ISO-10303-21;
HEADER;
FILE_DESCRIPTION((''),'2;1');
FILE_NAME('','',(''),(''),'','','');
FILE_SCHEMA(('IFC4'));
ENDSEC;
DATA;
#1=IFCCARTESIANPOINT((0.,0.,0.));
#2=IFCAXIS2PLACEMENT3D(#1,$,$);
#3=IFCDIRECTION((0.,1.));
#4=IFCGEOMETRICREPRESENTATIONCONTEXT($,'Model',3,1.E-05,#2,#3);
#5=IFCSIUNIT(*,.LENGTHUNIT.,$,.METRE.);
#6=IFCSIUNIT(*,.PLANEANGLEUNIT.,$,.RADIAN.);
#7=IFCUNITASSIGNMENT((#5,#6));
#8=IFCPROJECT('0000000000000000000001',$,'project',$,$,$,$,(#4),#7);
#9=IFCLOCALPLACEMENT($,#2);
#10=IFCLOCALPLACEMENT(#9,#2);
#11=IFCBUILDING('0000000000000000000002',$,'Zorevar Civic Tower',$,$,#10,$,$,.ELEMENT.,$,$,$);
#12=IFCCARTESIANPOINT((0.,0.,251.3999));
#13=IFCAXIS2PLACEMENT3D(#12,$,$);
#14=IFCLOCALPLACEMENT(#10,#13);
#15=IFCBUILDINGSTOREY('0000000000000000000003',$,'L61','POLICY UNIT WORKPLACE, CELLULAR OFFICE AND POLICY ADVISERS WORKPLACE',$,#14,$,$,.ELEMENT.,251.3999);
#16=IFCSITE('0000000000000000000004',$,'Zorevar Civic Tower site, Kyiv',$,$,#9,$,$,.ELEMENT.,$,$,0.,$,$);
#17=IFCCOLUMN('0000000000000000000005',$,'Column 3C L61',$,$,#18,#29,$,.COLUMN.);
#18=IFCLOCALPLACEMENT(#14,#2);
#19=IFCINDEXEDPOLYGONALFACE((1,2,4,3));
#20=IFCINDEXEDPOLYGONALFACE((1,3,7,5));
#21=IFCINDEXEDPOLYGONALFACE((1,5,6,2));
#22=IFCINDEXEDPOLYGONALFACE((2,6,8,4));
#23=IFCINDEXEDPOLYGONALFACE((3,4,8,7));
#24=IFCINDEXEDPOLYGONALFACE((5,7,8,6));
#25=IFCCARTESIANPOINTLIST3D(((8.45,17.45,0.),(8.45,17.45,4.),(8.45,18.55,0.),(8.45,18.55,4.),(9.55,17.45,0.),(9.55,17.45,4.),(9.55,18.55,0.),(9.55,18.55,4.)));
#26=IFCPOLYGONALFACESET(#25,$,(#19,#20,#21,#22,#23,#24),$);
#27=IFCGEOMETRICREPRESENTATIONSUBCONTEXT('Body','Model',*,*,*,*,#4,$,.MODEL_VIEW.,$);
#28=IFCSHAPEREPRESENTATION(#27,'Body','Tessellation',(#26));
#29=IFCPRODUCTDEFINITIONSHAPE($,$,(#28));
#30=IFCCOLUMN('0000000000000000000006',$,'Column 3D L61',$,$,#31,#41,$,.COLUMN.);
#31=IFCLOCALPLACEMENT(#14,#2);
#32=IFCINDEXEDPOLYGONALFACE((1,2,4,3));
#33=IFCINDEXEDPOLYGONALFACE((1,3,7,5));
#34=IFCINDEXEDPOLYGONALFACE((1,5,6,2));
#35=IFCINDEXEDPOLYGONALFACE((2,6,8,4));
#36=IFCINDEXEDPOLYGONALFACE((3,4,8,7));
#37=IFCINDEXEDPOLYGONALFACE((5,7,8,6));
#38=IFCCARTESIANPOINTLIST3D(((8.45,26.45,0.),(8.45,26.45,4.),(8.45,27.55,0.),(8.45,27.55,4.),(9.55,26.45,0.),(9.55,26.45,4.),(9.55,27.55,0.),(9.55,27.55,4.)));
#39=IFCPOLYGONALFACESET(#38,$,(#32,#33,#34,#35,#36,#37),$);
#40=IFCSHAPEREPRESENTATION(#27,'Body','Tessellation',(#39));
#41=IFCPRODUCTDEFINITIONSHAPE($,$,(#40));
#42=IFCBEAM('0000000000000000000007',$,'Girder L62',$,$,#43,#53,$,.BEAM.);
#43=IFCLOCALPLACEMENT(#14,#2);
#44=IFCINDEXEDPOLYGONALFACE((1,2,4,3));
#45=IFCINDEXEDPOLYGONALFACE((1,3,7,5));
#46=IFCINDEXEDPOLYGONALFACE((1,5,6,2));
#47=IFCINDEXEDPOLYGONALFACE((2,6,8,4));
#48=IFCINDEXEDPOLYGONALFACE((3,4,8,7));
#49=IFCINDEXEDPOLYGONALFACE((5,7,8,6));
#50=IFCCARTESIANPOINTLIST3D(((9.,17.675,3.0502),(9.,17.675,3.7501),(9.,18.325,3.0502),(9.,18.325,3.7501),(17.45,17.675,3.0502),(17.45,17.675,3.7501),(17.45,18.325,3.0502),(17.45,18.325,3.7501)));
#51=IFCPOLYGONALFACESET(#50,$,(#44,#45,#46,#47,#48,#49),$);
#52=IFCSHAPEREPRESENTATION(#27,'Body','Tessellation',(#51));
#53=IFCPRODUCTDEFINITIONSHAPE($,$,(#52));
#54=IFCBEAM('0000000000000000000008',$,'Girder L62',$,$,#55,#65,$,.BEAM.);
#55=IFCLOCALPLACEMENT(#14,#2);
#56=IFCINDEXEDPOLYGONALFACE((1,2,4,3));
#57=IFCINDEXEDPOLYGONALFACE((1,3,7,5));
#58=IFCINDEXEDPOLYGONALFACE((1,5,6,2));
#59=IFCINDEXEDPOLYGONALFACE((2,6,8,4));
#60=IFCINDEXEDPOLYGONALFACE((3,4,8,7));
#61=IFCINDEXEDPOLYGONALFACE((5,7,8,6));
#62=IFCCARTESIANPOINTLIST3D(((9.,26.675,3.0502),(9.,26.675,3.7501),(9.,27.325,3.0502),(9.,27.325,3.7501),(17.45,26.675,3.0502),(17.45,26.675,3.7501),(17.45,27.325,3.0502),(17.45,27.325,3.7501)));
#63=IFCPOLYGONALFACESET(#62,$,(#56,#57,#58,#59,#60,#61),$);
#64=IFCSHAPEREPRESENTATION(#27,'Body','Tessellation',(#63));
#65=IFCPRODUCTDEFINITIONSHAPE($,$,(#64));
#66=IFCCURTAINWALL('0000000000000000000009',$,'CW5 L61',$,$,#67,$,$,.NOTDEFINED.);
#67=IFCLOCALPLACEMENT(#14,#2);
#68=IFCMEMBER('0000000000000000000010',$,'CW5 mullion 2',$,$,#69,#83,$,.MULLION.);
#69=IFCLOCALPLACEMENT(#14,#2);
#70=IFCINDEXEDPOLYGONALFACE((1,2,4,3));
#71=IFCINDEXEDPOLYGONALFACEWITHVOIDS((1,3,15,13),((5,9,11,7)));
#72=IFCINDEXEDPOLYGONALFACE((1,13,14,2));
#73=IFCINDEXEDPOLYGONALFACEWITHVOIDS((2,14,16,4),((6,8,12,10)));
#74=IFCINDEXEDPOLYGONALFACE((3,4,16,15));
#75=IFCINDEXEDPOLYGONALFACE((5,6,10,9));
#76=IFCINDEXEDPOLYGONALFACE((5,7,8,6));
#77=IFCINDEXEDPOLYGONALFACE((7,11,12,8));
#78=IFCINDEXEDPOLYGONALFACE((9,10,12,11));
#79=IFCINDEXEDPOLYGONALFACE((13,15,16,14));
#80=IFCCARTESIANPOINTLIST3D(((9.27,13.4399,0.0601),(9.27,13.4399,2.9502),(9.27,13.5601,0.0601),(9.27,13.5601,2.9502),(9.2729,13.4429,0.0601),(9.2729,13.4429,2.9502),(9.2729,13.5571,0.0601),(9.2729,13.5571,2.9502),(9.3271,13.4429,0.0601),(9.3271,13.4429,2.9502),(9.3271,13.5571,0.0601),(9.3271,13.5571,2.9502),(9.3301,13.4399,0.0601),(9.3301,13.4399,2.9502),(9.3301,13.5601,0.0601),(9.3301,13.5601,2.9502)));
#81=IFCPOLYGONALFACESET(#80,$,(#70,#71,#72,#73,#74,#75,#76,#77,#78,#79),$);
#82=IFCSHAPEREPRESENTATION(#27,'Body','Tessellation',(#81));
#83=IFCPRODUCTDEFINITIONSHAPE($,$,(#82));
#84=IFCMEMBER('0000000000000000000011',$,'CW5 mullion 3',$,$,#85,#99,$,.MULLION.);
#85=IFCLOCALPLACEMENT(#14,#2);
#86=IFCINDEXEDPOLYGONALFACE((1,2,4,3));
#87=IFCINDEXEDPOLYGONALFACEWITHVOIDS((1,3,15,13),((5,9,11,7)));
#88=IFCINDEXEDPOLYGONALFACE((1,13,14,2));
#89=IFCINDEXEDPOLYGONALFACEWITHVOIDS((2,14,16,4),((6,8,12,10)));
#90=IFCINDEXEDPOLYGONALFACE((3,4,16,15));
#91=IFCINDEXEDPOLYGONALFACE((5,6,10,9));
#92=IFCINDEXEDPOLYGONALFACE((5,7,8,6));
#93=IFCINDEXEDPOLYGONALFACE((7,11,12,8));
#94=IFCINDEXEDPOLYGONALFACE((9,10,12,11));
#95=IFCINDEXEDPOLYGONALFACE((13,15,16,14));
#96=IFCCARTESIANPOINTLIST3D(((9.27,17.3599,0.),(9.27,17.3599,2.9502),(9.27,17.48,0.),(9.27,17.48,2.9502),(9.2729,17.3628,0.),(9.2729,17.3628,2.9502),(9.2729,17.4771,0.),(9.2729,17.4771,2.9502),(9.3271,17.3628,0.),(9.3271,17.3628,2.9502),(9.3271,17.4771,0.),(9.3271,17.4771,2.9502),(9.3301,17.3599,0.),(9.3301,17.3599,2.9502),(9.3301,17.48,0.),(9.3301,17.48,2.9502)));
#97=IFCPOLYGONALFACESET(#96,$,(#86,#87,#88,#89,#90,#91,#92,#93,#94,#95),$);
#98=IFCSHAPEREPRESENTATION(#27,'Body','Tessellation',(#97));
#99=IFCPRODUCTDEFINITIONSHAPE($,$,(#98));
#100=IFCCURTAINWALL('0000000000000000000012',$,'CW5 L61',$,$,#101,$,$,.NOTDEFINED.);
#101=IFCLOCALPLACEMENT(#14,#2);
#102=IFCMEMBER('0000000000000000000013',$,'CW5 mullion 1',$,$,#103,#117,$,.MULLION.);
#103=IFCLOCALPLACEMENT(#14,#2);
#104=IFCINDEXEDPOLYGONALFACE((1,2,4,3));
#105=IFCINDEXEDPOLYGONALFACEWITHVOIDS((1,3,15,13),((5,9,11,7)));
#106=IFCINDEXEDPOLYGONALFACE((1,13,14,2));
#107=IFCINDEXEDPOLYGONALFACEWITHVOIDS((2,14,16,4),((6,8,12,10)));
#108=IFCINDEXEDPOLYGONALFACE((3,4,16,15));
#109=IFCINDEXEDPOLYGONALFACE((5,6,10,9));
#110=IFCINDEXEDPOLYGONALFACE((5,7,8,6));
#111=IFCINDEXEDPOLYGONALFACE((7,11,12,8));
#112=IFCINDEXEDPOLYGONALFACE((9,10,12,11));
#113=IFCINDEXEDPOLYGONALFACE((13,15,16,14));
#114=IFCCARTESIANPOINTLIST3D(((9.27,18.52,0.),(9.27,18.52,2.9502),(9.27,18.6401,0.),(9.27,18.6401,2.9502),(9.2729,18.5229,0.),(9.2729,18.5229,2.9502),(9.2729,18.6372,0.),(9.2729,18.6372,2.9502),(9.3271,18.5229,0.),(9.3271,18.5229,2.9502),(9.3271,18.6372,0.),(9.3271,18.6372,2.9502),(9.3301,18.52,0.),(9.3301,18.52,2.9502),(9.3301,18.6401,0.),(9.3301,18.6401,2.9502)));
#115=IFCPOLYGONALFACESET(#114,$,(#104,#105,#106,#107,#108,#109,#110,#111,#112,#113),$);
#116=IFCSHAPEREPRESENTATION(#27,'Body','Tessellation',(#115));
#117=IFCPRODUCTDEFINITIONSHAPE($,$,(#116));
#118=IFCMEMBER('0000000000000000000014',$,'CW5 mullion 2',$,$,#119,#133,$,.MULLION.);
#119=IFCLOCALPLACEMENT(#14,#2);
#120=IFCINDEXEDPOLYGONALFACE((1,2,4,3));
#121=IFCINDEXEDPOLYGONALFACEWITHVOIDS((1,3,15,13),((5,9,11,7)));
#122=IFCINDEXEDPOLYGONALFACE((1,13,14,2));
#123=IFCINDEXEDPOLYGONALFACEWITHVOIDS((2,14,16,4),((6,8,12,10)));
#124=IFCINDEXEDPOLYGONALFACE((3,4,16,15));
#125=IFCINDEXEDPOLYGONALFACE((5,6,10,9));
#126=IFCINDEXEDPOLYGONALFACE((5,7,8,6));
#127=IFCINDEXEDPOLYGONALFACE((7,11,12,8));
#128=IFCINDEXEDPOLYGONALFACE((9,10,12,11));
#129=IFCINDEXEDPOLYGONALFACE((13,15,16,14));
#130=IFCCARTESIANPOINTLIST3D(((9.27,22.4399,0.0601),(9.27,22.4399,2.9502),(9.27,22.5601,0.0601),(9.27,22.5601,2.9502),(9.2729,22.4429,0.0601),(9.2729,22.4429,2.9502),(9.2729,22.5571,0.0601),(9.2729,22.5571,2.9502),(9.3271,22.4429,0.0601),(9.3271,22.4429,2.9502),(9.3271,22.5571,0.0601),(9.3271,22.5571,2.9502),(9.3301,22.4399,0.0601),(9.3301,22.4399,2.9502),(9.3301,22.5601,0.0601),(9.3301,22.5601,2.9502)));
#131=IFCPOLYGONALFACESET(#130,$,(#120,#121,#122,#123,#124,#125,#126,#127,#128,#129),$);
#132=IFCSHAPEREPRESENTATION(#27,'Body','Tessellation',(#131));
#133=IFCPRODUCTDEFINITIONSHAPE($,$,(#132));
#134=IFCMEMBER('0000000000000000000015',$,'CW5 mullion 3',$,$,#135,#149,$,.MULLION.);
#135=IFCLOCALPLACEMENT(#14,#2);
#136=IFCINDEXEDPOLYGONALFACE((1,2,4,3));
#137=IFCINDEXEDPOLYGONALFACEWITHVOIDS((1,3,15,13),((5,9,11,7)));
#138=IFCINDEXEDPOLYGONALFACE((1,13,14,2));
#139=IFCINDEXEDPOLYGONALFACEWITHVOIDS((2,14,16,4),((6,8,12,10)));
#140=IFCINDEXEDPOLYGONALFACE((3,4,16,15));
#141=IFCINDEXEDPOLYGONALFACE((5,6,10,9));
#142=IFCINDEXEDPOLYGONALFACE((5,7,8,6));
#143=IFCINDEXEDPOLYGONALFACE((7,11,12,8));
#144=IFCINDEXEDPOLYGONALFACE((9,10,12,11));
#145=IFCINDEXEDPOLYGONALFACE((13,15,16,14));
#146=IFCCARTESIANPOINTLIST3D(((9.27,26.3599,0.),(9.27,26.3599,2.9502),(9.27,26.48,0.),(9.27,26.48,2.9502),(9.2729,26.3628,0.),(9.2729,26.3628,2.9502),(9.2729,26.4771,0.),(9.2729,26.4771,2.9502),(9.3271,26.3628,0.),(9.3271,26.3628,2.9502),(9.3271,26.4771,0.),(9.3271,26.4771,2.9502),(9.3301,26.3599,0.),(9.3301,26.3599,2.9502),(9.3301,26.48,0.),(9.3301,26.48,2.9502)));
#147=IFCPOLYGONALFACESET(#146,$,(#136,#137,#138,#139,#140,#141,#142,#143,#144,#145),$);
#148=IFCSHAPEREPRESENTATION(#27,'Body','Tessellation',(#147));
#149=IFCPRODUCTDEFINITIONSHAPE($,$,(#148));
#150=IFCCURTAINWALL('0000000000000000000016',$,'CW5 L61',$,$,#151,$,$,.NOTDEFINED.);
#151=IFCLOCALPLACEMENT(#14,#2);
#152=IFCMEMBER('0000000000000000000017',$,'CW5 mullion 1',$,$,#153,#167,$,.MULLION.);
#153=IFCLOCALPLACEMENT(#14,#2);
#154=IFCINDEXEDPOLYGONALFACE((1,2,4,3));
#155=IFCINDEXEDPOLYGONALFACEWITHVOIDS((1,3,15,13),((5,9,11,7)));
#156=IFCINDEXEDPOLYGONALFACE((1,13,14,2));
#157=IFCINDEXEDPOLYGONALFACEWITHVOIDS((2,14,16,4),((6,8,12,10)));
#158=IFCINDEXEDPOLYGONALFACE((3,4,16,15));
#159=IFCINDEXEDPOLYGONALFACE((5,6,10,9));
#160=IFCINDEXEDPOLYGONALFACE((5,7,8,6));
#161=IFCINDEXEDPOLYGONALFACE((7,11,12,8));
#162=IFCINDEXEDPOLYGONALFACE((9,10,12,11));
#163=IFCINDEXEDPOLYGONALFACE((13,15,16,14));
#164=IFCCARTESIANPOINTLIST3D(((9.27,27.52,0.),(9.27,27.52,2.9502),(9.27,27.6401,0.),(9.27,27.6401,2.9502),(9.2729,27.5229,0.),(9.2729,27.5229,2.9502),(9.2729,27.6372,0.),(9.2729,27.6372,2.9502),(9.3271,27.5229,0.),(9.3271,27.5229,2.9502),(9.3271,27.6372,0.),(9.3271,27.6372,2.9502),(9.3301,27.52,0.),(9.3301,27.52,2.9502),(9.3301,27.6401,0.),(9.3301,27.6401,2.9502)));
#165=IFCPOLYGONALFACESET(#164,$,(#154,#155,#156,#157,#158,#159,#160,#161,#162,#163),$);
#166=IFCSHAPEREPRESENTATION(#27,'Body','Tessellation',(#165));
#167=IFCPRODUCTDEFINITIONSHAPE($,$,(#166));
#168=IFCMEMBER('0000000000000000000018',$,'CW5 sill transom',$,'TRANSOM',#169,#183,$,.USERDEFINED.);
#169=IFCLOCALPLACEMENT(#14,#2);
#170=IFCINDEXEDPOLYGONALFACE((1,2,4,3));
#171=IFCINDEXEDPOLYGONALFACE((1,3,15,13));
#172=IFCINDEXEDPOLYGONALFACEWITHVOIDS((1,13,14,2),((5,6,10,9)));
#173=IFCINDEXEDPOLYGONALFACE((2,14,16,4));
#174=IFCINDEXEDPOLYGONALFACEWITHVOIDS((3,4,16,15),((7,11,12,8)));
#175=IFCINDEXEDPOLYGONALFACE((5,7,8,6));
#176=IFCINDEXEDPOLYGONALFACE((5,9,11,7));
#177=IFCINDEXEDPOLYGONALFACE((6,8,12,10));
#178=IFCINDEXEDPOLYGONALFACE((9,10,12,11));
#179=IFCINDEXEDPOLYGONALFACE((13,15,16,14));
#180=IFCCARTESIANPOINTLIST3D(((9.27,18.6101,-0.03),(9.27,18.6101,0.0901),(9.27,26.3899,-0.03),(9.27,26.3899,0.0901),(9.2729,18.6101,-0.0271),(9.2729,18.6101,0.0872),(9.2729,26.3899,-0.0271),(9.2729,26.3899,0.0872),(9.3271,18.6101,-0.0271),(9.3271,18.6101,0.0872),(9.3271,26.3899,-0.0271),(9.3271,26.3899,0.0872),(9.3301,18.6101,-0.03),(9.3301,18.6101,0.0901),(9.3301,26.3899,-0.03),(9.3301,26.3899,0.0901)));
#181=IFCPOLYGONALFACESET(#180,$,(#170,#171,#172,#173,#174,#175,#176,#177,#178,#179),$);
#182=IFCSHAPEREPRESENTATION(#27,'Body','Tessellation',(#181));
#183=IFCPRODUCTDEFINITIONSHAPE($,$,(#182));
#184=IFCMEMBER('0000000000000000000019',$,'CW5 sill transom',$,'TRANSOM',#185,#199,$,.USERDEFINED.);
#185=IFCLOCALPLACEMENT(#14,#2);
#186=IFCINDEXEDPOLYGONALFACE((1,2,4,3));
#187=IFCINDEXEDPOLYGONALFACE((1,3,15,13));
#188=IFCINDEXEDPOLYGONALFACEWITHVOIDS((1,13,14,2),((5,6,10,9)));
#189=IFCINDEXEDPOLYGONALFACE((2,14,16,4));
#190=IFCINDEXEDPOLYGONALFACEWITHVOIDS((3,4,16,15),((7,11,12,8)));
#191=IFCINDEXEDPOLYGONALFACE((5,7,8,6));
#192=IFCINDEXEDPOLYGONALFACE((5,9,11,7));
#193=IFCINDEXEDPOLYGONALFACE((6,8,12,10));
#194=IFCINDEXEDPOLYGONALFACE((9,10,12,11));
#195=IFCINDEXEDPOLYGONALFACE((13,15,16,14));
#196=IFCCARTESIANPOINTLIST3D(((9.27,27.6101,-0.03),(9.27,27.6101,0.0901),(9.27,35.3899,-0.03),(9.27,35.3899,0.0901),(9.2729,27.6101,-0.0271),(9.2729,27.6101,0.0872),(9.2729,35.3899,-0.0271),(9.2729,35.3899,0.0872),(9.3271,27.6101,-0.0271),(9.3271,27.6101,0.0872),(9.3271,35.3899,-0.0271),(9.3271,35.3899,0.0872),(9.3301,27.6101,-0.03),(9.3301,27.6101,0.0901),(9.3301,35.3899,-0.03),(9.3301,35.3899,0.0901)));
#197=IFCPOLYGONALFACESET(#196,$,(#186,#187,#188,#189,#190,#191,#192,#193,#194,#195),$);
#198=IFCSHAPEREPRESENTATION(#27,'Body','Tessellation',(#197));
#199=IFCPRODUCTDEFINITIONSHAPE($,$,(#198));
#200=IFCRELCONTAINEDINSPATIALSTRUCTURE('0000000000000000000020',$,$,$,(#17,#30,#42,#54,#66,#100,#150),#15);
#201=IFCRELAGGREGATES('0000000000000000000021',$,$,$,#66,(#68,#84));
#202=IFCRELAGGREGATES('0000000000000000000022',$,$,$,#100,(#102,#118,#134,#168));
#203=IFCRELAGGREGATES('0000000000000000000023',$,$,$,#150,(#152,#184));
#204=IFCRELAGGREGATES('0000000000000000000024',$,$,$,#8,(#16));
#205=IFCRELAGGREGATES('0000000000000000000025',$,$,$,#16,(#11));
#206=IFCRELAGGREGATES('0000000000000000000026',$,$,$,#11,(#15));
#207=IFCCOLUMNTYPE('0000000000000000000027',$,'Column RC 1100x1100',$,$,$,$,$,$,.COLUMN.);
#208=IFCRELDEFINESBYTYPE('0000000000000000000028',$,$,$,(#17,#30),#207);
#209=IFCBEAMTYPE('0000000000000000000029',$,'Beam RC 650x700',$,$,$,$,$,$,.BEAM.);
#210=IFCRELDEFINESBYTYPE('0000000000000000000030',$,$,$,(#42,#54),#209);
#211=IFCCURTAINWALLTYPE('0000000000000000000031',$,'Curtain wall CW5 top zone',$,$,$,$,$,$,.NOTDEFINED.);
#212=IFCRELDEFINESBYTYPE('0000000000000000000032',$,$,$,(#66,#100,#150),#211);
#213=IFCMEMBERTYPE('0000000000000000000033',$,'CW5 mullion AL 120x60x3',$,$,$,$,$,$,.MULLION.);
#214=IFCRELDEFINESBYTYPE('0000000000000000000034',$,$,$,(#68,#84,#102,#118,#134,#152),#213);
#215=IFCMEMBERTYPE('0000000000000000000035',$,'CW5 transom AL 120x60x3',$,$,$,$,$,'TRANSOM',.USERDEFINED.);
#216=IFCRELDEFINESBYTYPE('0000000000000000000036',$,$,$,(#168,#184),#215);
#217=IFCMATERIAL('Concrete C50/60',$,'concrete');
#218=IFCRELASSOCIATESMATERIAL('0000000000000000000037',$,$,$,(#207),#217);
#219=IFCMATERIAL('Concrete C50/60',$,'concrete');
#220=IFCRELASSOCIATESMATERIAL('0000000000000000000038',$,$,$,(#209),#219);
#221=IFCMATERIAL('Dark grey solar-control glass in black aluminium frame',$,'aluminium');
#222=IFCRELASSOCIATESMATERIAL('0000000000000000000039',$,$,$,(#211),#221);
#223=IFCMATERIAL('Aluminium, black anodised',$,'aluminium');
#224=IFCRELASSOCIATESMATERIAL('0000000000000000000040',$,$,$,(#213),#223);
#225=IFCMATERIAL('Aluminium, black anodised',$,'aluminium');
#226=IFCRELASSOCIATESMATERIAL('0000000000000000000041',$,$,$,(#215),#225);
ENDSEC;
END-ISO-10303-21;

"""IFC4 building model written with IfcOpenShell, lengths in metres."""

from ifc_helpers import new_model, si_unit, direction, frame, origin, origin_2d, place, context, subcontext, project, spatial, rectangle, hollow_rectangle, extrude, material, material_profile, profile_set, type_object, element, aggregate, save


model = new_model("IFC4")

# Units and contexts
model_context = context("Model", 3, precision=1e-05, world=origin(), true_north=direction((0.0, 1.0)))
body_context = subcontext(model_context, "Body", "Model", "MODEL_VIEW")
ifc_project = project(units=[si_unit("LENGTHUNIT", "METRE"), si_unit("PLANEANGLEUNIT", "RADIAN")], contexts=[model_context])

# Site, building, storey
site_placement = place(None, origin())
site = spatial("IfcSite", under=ifc_project, at=site_placement, Name="Zorevar Civic Tower site, Kyiv", CompositionType="ELEMENT", RefElevation=0.0)
building_placement = place(site_placement, origin())
building = spatial("IfcBuilding", under=site, at=building_placement, Name="Zorevar Civic Tower", CompositionType="ELEMENT")
storey_placement = place(building_placement, frame((0.0, 0.0, 251.3999)))
storey = spatial("IfcBuildingStorey", under=building, at=storey_placement, Name="L61", Description="POLICY UNIT WORKPLACE, CELLULAR OFFICE AND POLICY ADVISERS WORKPLACE", CompositionType="ELEMENT", Elevation=251.3999)

# Columns
ifc_material_1 = material(Name="Concrete C50/60", Category="concrete")
ifc_material_profile_1 = material_profile(ifc_material_1, rectangle(XDim=1.1001, YDim=1.1001, at=origin_2d()), Name="RC 1100x1100")
ifc_profile_set_1 = profile_set([ifc_material_profile_1], Name="Concrete C50/60")
column_type = type_object("IfcColumnType", Name="Column RC 1100x1100", PredefinedType="COLUMN", material=ifc_profile_set_1)
for number, where, z_axis, x_axis, name in (
    (1, (9.0, 18.0, 0.0), (0.0, 0.0, 1.0), (1.0, 0.0, 0.0), "Column 3C L61"),
    (2, (9.0, 27.0, 0.0), (0.0, 0.0, 1.0), (1.0, 0.0, 0.0), "Column 3D L61"),
):
    element("IfcColumn", number, at=place(storey_placement, frame(where, z_axis=z_axis, x_axis=x_axis)), inside=storey, type_object=column_type, Name=name, PredefinedType="COLUMN", context=body_context, shape_type="SweptSolid", body=[
        extrude(rectangle(XDim=1.1001, YDim=1.1001, at=origin_2d()), origin(), (0.0, 0.0, 1.0), 4.0),
    ])

# Beams
ifc_material_2 = material(Name="Concrete C50/60", Category="concrete")
ifc_material_profile_2 = material_profile(ifc_material_2, rectangle(XDim=0.6499, YDim=0.7, at=origin_2d()), Name="RC 650x700")
ifc_profile_set_2 = profile_set([ifc_material_profile_2], Name="Concrete C50/60")
beam_type_1 = type_object("IfcBeamType", Name="Beam RC 650x700", PredefinedType="BEAM", material=ifc_profile_set_2)
for number, where, z_axis, x_axis, name in (
    (3, (9.0, 18.0, 3.4001), (1.0, 0.0, 0.0), (0.0, 1.0, 0.0), "Girder L62"),
    (4, (9.0, 27.0, 3.4001), (1.0, 0.0, 0.0), (0.0, 1.0, 0.0), "Girder L62"),
):
    element("IfcBeam", number, at=place(storey_placement, frame(where, z_axis=z_axis, x_axis=x_axis)), inside=storey, type_object=beam_type_1, Name=name, PredefinedType="BEAM", context=body_context, shape_type="SweptSolid", body=[
        extrude(rectangle(XDim=0.6499, YDim=0.7, at=origin_2d()), origin(), (0.0, 0.0, 1.0), 8.45),
    ])

# Curtain walls, members
ifc_material_3 = material(Name="Dark grey solar-control glass in black aluminium frame", Category="aluminium")
curtain_wall_type = type_object("IfcCurtainWallType", Name="Curtain wall CW5 top zone", PredefinedType="NOTDEFINED", material=ifc_material_3)
curtain_wall_1_placement = place(storey_placement, origin())
curtain_wall_1 = element("IfcCurtainWall", 5, at=curtain_wall_1_placement, inside=storey, type_object=curtain_wall_type, Name="CW5 L61", PredefinedType="NOTDEFINED")
ifc_material_4 = material(Name="Aluminium, black anodised", Category="aluminium")
ifc_material_profile_3 = material_profile(ifc_material_4, hollow_rectangle(XDim=0.0601, YDim=0.1201, WallThickness=0.0029, at=origin_2d()), Name="AL 120x60x3")
ifc_profile_set_3 = profile_set([ifc_material_profile_3], Name="Aluminium, black anodised")
member_type_1 = type_object("IfcMemberType", Name="CW5 mullion AL 120x60x3", PredefinedType="MULLION", material=ifc_profile_set_3)
member_1_placement = place(storey_placement, frame((9.3, 13.5, 0.0601), z_axis=(0.0, 0.0, 1.0), x_axis=(-1.0, 0.0, 0.0)))
member_1 = element("IfcMember", 6, at=member_1_placement, type_object=member_type_1, Name="CW5 mullion 2", PredefinedType="MULLION", context=body_context, shape_type="SweptSolid", body=[
    extrude(hollow_rectangle(XDim=0.0601, YDim=0.1201, WallThickness=0.0029, at=origin_2d()), origin(), (0.0, 0.0, 1.0), 2.8901),
])
member_2_placement = place(storey_placement, frame((9.3, 17.4199, 0.0), z_axis=(0.0, 0.0, 1.0), x_axis=(-1.0, 0.0, 0.0)))
member_2 = element("IfcMember", 7, at=member_2_placement, type_object=member_type_1, Name="CW5 mullion 3", PredefinedType="MULLION", context=body_context, shape_type="SweptSolid", body=[
    extrude(hollow_rectangle(XDim=0.0601, YDim=0.1201, WallThickness=0.0029, at=origin_2d()), origin(), (0.0, 0.0, 1.0), 2.9502),
])
curtain_wall_2_placement = place(storey_placement, origin())
curtain_wall_2 = element("IfcCurtainWall", 8, at=curtain_wall_2_placement, inside=storey, type_object=curtain_wall_type, Name="CW5 L61", PredefinedType="NOTDEFINED")
member_3_placement = place(storey_placement, frame((9.3, 18.5801, 0.0), z_axis=(0.0, 0.0, 1.0), x_axis=(-1.0, 0.0, 0.0)))
member_3 = element("IfcMember", 9, at=member_3_placement, type_object=member_type_1, Name="CW5 mullion 1", PredefinedType="MULLION", context=body_context, shape_type="SweptSolid", body=[
    extrude(hollow_rectangle(XDim=0.0601, YDim=0.1201, WallThickness=0.0029, at=origin_2d()), origin(), (0.0, 0.0, 1.0), 2.9502),
])
member_4_placement = place(storey_placement, frame((9.3, 22.5, 0.0601), z_axis=(0.0, 0.0, 1.0), x_axis=(-1.0, 0.0, 0.0)))
member_4 = element("IfcMember", 10, at=member_4_placement, type_object=member_type_1, Name="CW5 mullion 2", PredefinedType="MULLION", context=body_context, shape_type="SweptSolid", body=[
    extrude(hollow_rectangle(XDim=0.0601, YDim=0.1201, WallThickness=0.0029, at=origin_2d()), origin(), (0.0, 0.0, 1.0), 2.8901),
])
member_5_placement = place(storey_placement, frame((9.3, 26.4199, 0.0), z_axis=(0.0, 0.0, 1.0), x_axis=(-1.0, 0.0, 0.0)))
member_5 = element("IfcMember", 11, at=member_5_placement, type_object=member_type_1, Name="CW5 mullion 3", PredefinedType="MULLION", context=body_context, shape_type="SweptSolid", body=[
    extrude(hollow_rectangle(XDim=0.0601, YDim=0.1201, WallThickness=0.0029, at=origin_2d()), origin(), (0.0, 0.0, 1.0), 2.9502),
])

# Curtain wall, member
curtain_wall_3_placement = place(storey_placement, origin())
curtain_wall_3 = element("IfcCurtainWall", 12, at=curtain_wall_3_placement, inside=storey, type_object=curtain_wall_type, Name="CW5 L61", PredefinedType="NOTDEFINED")
member_6_placement = place(storey_placement, frame((9.3, 27.5801, 0.0), z_axis=(0.0, 0.0, 1.0), x_axis=(-1.0, 0.0, 0.0)))
member_6 = element("IfcMember", 13, at=member_6_placement, type_object=member_type_1, Name="CW5 mullion 1", PredefinedType="MULLION", context=body_context, shape_type="SweptSolid", body=[
    extrude(hollow_rectangle(XDim=0.0601, YDim=0.1201, WallThickness=0.0029, at=origin_2d()), origin(), (0.0, 0.0, 1.0), 2.9502),
])

# Members
ifc_material_5 = material(Name="Aluminium, black anodised", Category="aluminium")
ifc_material_profile_4 = material_profile(ifc_material_5, hollow_rectangle(XDim=0.0601, YDim=0.1201, WallThickness=0.0029, at=origin_2d()), Name="AL 120x60x3")
ifc_profile_set_4 = profile_set([ifc_material_profile_4], Name="Aluminium, black anodised")
member_type_2 = type_object("IfcMemberType", Name="CW5 transom AL 120x60x3", ElementType="TRANSOM", PredefinedType="USERDEFINED", material=ifc_profile_set_4)
member_7_placement = place(storey_placement, frame((9.3, 18.6101, 0.03), z_axis=(0.0, 1.0, 0.0), x_axis=(-1.0, 0.0, 0.0)))
member_7 = element("IfcMember", 14, at=member_7_placement, type_object=member_type_2, Name="CW5 sill transom", ObjectType="TRANSOM", PredefinedType="USERDEFINED", context=body_context, shape_type="SweptSolid", body=[
    extrude(hollow_rectangle(XDim=0.0601, YDim=0.1201, WallThickness=0.0029, at=origin_2d()), origin(), (0.0, 0.0, 1.0), 7.7798),
])
member_8_placement = place(storey_placement, frame((9.3, 27.6101, 0.03), z_axis=(0.0, 1.0, 0.0), x_axis=(-1.0, 0.0, 0.0)))
member_8 = element("IfcMember", 15, at=member_8_placement, type_object=member_type_2, Name="CW5 sill transom", ObjectType="TRANSOM", PredefinedType="USERDEFINED", context=body_context, shape_type="SweptSolid", body=[
    extrude(hollow_rectangle(XDim=0.0601, YDim=0.1201, WallThickness=0.0029, at=origin_2d()), origin(), (0.0, 0.0, 1.0), 7.7798),
])

aggregate(curtain_wall_1, [member_1, member_2])
aggregate(curtain_wall_2, [member_3, member_4, member_5, member_7])
aggregate(curtain_wall_3, [member_6, member_8])

save(model, "model.ifc")
